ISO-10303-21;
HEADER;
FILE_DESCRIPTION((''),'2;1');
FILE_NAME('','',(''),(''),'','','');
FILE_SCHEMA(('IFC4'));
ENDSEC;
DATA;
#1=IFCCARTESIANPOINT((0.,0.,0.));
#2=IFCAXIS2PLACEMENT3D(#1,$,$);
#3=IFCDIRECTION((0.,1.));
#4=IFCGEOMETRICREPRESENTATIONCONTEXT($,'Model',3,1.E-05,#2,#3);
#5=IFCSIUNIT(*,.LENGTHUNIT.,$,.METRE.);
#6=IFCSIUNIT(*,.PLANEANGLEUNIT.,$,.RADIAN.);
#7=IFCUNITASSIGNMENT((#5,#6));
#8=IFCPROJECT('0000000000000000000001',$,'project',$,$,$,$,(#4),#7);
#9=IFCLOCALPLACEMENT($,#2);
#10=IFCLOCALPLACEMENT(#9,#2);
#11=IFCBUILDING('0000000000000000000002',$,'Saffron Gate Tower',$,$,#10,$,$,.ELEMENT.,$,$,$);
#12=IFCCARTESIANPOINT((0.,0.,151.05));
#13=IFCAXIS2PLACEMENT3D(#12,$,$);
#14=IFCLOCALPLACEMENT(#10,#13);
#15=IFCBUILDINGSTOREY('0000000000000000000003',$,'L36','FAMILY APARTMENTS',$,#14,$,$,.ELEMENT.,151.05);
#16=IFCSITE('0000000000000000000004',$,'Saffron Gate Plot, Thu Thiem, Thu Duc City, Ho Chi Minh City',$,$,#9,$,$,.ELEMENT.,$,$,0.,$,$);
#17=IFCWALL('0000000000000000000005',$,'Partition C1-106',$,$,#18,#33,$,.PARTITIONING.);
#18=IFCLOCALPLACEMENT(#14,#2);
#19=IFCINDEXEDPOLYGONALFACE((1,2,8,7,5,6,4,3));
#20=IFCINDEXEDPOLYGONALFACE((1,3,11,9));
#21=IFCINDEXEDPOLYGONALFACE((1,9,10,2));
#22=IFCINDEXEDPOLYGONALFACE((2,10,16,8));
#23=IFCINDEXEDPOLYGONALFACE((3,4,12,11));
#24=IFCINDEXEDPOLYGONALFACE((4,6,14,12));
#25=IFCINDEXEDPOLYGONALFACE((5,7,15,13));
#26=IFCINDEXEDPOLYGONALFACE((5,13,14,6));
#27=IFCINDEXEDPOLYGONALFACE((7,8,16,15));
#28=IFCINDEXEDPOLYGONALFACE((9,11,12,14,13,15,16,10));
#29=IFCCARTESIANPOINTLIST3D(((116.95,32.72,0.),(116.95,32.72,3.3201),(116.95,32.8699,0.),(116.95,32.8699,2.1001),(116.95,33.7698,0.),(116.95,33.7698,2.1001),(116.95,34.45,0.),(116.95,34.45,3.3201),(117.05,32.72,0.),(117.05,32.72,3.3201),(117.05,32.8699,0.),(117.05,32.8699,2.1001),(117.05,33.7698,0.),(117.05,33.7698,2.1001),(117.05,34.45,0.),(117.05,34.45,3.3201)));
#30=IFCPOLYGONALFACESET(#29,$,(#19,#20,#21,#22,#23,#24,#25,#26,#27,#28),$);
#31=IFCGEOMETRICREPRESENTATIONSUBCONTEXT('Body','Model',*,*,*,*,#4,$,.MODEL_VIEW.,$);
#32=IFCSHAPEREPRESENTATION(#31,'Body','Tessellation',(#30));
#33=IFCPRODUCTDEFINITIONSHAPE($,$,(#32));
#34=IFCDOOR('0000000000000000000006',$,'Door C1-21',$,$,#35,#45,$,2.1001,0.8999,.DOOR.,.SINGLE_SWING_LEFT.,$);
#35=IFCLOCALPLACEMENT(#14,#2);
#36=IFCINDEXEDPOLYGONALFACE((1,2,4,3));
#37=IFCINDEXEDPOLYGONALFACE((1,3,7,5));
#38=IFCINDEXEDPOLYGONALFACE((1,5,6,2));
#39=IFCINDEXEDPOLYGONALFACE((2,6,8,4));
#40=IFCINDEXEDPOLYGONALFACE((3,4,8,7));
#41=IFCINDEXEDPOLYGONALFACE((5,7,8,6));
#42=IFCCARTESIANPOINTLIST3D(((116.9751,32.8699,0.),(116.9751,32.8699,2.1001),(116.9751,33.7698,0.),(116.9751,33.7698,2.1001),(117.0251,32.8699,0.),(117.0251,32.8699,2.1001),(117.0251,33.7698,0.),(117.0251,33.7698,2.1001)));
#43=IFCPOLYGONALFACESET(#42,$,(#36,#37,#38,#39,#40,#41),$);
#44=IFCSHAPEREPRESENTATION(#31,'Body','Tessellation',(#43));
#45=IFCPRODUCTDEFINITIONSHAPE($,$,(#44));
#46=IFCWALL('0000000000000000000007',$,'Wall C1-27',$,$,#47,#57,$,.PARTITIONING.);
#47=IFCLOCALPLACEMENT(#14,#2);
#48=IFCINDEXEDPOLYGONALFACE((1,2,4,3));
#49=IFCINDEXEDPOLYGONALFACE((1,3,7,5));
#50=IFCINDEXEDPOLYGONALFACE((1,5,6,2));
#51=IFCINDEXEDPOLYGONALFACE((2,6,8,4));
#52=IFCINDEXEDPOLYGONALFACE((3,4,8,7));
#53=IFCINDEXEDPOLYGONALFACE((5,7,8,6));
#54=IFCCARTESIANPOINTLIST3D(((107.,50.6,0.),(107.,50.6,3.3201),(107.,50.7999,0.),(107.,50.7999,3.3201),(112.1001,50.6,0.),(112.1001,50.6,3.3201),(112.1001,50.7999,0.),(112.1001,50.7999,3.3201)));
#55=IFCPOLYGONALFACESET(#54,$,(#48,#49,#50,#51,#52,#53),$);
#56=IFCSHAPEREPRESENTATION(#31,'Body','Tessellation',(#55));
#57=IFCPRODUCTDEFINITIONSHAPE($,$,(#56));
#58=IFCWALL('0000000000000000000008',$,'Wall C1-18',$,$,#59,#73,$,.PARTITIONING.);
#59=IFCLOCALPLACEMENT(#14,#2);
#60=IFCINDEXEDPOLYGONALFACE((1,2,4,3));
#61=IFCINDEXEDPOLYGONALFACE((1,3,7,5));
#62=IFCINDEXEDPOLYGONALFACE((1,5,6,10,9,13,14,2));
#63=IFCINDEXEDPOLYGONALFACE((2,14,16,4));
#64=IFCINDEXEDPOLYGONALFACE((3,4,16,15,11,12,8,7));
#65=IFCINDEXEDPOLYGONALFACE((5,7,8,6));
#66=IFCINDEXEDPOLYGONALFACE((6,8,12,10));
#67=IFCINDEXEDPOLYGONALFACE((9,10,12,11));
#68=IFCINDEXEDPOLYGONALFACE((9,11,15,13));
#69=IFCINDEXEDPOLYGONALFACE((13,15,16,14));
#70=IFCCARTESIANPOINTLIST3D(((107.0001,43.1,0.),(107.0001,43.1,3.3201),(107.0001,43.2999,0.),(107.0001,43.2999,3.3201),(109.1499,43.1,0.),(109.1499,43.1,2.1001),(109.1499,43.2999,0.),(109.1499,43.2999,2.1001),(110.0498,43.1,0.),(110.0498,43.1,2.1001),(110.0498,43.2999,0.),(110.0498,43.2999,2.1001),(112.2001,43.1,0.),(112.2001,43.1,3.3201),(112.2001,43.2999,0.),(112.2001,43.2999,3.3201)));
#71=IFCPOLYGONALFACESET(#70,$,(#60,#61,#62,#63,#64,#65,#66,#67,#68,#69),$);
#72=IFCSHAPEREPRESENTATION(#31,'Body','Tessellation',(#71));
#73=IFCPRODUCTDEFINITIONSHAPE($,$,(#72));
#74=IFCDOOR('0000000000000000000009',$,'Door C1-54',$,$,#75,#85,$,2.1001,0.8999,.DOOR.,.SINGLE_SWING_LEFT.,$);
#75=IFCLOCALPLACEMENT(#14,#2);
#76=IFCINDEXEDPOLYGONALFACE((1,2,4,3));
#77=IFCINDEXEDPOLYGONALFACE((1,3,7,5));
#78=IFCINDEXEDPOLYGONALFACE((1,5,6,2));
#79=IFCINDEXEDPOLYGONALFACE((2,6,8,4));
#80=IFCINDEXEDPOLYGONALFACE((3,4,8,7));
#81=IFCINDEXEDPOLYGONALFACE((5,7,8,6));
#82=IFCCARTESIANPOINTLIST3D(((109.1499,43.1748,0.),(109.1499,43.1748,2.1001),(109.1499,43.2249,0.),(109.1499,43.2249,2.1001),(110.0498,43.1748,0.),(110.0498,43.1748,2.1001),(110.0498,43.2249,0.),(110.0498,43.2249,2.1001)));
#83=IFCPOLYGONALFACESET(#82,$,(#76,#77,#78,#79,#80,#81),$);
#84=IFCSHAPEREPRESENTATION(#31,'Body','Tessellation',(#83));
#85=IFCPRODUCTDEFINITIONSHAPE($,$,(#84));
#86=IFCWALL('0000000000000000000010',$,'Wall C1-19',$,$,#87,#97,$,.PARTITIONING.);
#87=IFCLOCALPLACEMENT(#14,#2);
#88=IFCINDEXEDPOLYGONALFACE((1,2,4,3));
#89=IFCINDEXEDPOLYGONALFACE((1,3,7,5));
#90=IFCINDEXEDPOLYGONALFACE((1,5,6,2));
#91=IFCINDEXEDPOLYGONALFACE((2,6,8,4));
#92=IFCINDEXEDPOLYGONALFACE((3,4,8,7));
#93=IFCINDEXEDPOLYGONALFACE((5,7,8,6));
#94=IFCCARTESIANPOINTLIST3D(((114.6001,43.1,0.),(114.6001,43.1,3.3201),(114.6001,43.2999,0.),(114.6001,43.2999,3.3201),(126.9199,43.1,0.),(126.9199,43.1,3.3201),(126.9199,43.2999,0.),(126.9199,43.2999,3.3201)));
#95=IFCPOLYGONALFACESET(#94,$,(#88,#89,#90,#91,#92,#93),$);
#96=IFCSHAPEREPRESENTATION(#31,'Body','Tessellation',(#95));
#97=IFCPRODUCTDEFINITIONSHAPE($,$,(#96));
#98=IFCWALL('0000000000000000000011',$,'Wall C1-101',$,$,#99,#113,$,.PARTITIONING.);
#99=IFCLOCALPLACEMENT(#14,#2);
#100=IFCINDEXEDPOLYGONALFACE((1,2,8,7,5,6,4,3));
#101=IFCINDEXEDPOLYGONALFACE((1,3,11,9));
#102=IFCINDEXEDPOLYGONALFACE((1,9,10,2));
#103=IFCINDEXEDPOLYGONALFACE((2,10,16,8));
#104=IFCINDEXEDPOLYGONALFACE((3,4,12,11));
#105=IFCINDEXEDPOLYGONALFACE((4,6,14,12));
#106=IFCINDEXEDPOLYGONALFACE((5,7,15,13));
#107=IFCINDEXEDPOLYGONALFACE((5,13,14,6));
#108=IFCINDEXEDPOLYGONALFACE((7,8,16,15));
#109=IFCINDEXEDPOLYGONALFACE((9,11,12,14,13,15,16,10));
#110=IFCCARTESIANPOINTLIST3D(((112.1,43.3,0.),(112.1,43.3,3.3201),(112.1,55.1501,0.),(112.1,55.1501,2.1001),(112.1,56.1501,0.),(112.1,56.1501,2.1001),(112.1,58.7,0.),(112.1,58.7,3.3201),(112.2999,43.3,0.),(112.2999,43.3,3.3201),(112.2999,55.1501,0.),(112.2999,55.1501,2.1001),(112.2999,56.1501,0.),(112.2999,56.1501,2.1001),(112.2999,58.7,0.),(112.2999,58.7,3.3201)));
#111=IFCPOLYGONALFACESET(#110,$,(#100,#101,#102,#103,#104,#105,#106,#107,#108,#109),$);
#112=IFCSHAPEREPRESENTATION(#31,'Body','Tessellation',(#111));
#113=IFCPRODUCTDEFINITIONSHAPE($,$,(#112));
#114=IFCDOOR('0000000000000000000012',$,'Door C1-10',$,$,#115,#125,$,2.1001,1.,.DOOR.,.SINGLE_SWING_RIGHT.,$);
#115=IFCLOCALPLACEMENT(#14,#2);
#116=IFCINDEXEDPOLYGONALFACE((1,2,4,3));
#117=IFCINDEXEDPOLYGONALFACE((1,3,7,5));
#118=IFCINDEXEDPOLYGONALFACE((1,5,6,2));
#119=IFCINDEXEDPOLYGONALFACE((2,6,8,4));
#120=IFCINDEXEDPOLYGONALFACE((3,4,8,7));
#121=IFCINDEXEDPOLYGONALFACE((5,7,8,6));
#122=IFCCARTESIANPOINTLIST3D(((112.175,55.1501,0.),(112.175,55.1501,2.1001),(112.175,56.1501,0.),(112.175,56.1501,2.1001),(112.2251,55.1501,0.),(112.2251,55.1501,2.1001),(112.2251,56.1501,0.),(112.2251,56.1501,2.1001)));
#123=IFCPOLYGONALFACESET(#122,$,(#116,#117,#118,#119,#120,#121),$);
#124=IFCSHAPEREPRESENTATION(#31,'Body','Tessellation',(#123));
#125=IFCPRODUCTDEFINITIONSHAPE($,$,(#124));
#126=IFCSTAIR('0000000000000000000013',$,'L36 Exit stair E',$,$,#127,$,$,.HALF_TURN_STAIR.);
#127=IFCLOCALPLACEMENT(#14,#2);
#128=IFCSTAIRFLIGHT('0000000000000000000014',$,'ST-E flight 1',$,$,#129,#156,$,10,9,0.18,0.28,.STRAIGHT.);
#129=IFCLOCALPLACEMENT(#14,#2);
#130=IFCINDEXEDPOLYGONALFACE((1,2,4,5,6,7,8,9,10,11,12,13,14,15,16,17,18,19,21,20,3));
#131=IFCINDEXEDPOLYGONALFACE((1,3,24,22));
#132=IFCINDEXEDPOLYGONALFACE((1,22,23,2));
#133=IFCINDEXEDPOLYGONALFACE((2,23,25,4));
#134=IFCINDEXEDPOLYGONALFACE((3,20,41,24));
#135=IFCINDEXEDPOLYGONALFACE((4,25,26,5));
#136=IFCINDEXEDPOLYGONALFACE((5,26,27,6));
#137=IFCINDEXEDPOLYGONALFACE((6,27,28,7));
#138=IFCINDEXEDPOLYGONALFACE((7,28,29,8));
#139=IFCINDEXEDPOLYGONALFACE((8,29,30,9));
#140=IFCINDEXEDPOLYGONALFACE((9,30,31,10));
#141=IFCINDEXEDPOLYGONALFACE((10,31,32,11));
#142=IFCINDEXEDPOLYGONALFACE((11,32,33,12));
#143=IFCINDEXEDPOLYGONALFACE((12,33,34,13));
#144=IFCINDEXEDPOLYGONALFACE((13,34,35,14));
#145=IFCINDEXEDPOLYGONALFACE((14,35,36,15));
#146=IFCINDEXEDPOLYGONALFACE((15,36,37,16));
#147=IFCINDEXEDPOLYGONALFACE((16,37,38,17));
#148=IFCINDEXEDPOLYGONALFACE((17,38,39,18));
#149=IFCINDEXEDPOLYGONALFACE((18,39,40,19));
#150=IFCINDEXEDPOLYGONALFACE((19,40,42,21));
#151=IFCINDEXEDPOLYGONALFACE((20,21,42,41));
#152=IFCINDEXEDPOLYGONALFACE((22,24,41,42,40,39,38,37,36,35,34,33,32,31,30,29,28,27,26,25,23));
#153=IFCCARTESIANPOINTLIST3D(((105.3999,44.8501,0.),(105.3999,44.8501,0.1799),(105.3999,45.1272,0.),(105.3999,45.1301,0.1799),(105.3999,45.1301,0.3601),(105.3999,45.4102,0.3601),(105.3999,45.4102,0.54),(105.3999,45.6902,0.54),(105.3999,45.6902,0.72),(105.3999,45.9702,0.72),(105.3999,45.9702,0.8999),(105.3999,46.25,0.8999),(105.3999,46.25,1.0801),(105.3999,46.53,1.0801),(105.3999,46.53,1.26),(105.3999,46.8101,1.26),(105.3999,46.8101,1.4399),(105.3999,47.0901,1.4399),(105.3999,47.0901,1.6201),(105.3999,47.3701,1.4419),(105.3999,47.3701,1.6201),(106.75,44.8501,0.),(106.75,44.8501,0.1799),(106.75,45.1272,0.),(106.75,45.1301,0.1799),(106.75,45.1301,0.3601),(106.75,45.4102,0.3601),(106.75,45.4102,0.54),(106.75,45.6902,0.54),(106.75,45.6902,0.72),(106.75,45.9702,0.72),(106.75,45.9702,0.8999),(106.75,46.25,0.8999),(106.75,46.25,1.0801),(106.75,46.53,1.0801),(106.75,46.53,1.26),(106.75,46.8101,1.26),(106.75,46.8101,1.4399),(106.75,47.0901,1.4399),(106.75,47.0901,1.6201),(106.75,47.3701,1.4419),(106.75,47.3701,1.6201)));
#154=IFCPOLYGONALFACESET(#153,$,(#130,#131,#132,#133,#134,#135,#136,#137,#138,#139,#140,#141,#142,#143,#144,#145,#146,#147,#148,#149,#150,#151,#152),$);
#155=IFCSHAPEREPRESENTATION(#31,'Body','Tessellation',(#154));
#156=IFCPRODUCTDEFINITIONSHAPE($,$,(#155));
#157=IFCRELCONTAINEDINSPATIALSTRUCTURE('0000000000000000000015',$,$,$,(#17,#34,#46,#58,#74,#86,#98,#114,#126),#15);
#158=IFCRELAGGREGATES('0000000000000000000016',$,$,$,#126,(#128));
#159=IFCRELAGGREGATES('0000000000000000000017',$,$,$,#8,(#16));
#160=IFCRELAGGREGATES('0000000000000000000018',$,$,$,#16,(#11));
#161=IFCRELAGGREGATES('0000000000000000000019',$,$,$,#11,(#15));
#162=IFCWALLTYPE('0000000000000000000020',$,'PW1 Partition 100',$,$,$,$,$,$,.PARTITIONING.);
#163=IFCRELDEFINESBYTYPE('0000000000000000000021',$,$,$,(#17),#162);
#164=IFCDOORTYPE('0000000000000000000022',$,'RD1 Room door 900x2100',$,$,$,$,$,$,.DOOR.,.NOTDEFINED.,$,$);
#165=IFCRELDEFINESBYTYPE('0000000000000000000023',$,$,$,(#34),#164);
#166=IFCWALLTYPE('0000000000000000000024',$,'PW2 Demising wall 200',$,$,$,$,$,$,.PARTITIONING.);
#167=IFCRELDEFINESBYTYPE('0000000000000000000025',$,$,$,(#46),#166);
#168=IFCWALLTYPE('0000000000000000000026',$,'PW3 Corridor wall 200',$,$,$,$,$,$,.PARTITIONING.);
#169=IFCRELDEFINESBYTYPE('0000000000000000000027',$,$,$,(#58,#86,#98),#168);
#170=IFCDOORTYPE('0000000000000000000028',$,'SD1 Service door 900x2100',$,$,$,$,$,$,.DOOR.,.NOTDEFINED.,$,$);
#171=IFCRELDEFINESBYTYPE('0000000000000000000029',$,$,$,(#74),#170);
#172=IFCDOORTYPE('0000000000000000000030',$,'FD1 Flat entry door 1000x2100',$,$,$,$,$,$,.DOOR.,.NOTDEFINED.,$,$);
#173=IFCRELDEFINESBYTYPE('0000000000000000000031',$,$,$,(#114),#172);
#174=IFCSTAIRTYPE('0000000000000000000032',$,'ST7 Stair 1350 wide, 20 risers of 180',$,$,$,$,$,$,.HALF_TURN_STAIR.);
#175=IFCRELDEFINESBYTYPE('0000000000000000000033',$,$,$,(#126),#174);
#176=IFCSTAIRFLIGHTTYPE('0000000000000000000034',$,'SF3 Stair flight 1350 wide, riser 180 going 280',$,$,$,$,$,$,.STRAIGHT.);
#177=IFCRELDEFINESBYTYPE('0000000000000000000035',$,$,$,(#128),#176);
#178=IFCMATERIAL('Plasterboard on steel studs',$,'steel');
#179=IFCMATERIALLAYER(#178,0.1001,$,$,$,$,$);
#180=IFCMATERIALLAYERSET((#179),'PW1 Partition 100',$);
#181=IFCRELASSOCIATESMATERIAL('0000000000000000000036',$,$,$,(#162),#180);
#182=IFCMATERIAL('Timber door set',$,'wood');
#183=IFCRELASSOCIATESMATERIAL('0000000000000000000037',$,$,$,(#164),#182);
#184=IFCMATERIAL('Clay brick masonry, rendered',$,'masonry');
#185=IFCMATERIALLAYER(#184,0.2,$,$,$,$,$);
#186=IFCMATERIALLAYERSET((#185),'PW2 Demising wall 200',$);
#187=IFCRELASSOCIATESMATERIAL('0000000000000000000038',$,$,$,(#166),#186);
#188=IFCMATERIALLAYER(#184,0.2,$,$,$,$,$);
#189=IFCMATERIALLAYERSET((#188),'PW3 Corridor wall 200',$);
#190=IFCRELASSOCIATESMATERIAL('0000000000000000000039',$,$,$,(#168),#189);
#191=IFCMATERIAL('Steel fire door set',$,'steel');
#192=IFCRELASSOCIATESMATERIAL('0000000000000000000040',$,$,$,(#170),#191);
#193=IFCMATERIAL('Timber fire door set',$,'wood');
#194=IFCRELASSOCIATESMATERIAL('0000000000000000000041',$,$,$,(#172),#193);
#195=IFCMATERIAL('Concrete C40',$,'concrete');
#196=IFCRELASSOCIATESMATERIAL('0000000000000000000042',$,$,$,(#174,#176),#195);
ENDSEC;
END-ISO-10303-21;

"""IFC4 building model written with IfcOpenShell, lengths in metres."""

from ifc_helpers import new_model, si_unit, direction, frame, frame_2d, origin, place, context, subcontext, project, spatial, polyline, rectangle, outline, extrude, material, layer, layer_set, type_object, element, fill, aggregate, save


model = new_model("IFC4")

# Units and contexts
model_context = context("Model", 3, precision=1e-05, world=origin(), true_north=direction((0.0, 1.0)))
body_context = subcontext(model_context, "Body", "Model", "MODEL_VIEW")
ifc_project = project(units=[si_unit("LENGTHUNIT", "METRE"), si_unit("PLANEANGLEUNIT", "RADIAN")], contexts=[model_context])

# Site, building, storey
site_placement = place(None, origin())
site = spatial("IfcSite", under=ifc_project, at=site_placement, Name="Saffron Gate Plot, Thu Thiem, Thu Duc City, Ho Chi Minh City", CompositionType="ELEMENT", RefElevation=0.0)
building_placement = place(site_placement, origin())
building = spatial("IfcBuilding", under=site, at=building_placement, Name="Saffron Gate Tower", CompositionType="ELEMENT")
storey_placement = place(building_placement, frame((0.0, 0.0, 151.05)))
storey = spatial("IfcBuildingStorey", under=building, at=storey_placement, Name="L36", Description="FAMILY APARTMENTS", CompositionType="ELEMENT", Elevation=151.05)

# Shared definitions
ifc_material_1 = material(Name="Plasterboard on steel studs", Category="steel")
ifc_layer_1 = layer(ifc_material_1, 0.1001)
ifc_layer_set_1 = layer_set([ifc_layer_1], Name="PW1 Partition 100")
wall_type_1 = type_object("IfcWallType", Name="PW1 Partition 100", PredefinedType="PARTITIONING", material=ifc_layer_set_1)
ifc_material_2 = material(Name="Timber door set", Category="wood")
door_type_1 = type_object("IfcDoorType", Name="RD1 Room door 900x2100", OperationType="NOTDEFINED", PredefinedType="DOOR", material=ifc_material_2)

# Wall, opening, door
wall_1_placement = place(storey_placement, frame((117.0, 32.72, 0.0), z_axis=(0.0, 0.0, 1.0), x_axis=(0.0, 1.0, 0.0)))
wall_1 = element("IfcWall", 1, at=wall_1_placement, inside=storey, type_object=wall_type_1, Name="Partition C1-106", PredefinedType="PARTITIONING", context=body_context, shape_type="SweptSolid", body=[
    extrude(rectangle(XDim=1.73, YDim=0.1001, at=frame_2d((0.865, 0.0))), origin(), (0.0, 0.0, 1.0), 3.3201),
])
opening_1_placement = place(wall_1_placement, frame((0.1499, 0.0, 0.0)))
opening_1 = element("IfcOpeningElement", 2, at=opening_1_placement, cuts=wall_1, PredefinedType="OPENING", context=body_context, shape_type="SweptSolid", body=[
    extrude(rectangle(XDim=0.8999, YDim=2.1001, at=frame_2d((0.45, 1.05))), frame((0.0, 0.0601, 0.0), z_axis=(0.0, -1.0, 0.0), x_axis=(1.0, 0.0, 0.0)), (0.0, 0.0, 1.0), 0.1201),
])
door_1_placement = place(opening_1_placement, origin())
door_1 = element("IfcDoor", 3, at=door_1_placement, inside=storey, type_object=door_type_1, Name="Door C1-21", OperationType="SINGLE_SWING_LEFT", OverallHeight=2.1001, OverallWidth=0.8999, PredefinedType="DOOR", context=body_context, shape_type="SweptSolid", body=[
    extrude(rectangle(XDim=0.8999, YDim=2.1001, at=frame_2d((0.45, 1.05))), frame((0.0, 0.0249, 0.0), z_axis=(0.0, -1.0, 0.0), x_axis=(1.0, 0.0, 0.0)), (0.0, 0.0, 1.0), 0.05),
])
fill(opening_1, door_1)

# Wall
ifc_material_3 = material(Name="Clay brick masonry, rendered", Category="masonry")
ifc_layer_2 = layer(ifc_material_3, 0.2)
ifc_layer_set_2 = layer_set([ifc_layer_2], Name="PW2 Demising wall 200")
wall_type_2 = type_object("IfcWallType", Name="PW2 Demising wall 200", PredefinedType="PARTITIONING", material=ifc_layer_set_2)
wall_2_placement = place(storey_placement, frame((107.0, 50.7, 0.0), z_axis=(0.0, 0.0, 1.0), x_axis=(1.0, 0.0, 0.0)))
element("IfcWall", 4, at=wall_2_placement, inside=storey, type_object=wall_type_2, Name="Wall C1-27", PredefinedType="PARTITIONING", context=body_context, shape_type="SweptSolid", body=[
    extrude(rectangle(XDim=5.1001, YDim=0.2, at=frame_2d((2.55, 0.0))), origin(), (0.0, 0.0, 1.0), 3.3201),
])

# Wall, opening, door
ifc_layer_3 = layer(ifc_material_3, 0.2)
ifc_layer_set_3 = layer_set([ifc_layer_3], Name="PW3 Corridor wall 200")
wall_type_3 = type_object("IfcWallType", Name="PW3 Corridor wall 200", PredefinedType="PARTITIONING", material=ifc_layer_set_3)
wall_3_placement = place(storey_placement, frame((107.0, 43.2, 0.0), z_axis=(0.0, 0.0, 1.0), x_axis=(1.0, 0.0, 0.0)))
wall_3 = element("IfcWall", 5, at=wall_3_placement, inside=storey, type_object=wall_type_3, Name="Wall C1-18", PredefinedType="PARTITIONING", context=body_context, shape_type="SweptSolid", body=[
    extrude(rectangle(XDim=5.2, YDim=0.2, at=frame_2d((2.6001, 0.0))), origin(), (0.0, 0.0, 1.0), 3.3201),
])
opening_2_placement = place(wall_3_placement, frame((2.1499, 0.0, 0.0)))
opening_2 = element("IfcOpeningElement", 6, at=opening_2_placement, cuts=wall_3, PredefinedType="OPENING", context=body_context, shape_type="SweptSolid", body=[
    extrude(rectangle(XDim=0.8999, YDim=2.1001, at=frame_2d((0.45, 1.05))), frame((0.0, 0.1099, 0.0), z_axis=(0.0, -1.0, 0.0), x_axis=(1.0, 0.0, 0.0)), (0.0, 0.0, 1.0), 0.22),
])
ifc_material_4 = material(Name="Steel fire door set", Category="steel")
door_type_2 = type_object("IfcDoorType", Name="SD1 Service door 900x2100", OperationType="NOTDEFINED", PredefinedType="DOOR", material=ifc_material_4)
door_2_placement = place(opening_2_placement, origin())
door_2 = element("IfcDoor", 7, at=door_2_placement, inside=storey, type_object=door_type_2, Name="Door C1-54", OperationType="SINGLE_SWING_LEFT", OverallHeight=2.1001, OverallWidth=0.8999, PredefinedType="DOOR", context=body_context, shape_type="SweptSolid", body=[
    extrude(rectangle(XDim=0.8999, YDim=2.1001, at=frame_2d((0.45, 1.05))), frame((0.0, 0.0249, 0.0), z_axis=(0.0, -1.0, 0.0), x_axis=(1.0, 0.0, 0.0)), (0.0, 0.0, 1.0), 0.05),
])
fill(opening_2, door_2)

# Wall
wall_4_placement = place(storey_placement, frame((114.6001, 43.2, 0.0), z_axis=(0.0, 0.0, 1.0), x_axis=(1.0, 0.0, 0.0)))
element("IfcWall", 8, at=wall_4_placement, inside=storey, type_object=wall_type_3, Name="Wall C1-19", PredefinedType="PARTITIONING", context=body_context, shape_type="SweptSolid", body=[
    extrude(rectangle(XDim=12.3198, YDim=0.2, at=frame_2d((6.1599, 0.0))), origin(), (0.0, 0.0, 1.0), 3.3201),
])

# Wall, opening, door
wall_5_placement = place(storey_placement, frame((112.2, 43.3, 0.0), z_axis=(0.0, 0.0, 1.0), x_axis=(0.0, 1.0, 0.0)))
wall_5 = element("IfcWall", 9, at=wall_5_placement, inside=storey, type_object=wall_type_3, Name="Wall C1-101", PredefinedType="PARTITIONING", context=body_context, shape_type="SweptSolid", body=[
    extrude(rectangle(XDim=15.3999, YDim=0.2, at=frame_2d((7.7, 0.0))), origin(), (0.0, 0.0, 1.0), 3.3201),
])
opening_3_placement = place(wall_5_placement, frame((11.8501, 0.0, 0.0)))
opening_3 = element("IfcOpeningElement", 10, at=opening_3_placement, cuts=wall_5, PredefinedType="OPENING", context=body_context, shape_type="SweptSolid", body=[
    extrude(rectangle(XDim=1.0, YDim=2.1001, at=frame_2d((0.5, 1.05))), frame((0.0, 0.1099, 0.0), z_axis=(0.0, -1.0, 0.0), x_axis=(1.0, 0.0, 0.0)), (0.0, 0.0, 1.0), 0.22),
])
ifc_material_5 = material(Name="Timber fire door set", Category="wood")
door_type_3 = type_object("IfcDoorType", Name="FD1 Flat entry door 1000x2100", OperationType="NOTDEFINED", PredefinedType="DOOR", material=ifc_material_5)
door_3_placement = place(opening_3_placement, origin())
door_3 = element("IfcDoor", 11, at=door_3_placement, inside=storey, type_object=door_type_3, Name="Door C1-10", OperationType="SINGLE_SWING_RIGHT", OverallHeight=2.1001, OverallWidth=1.0, PredefinedType="DOOR", context=body_context, shape_type="SweptSolid", body=[
    extrude(rectangle(XDim=1.0, YDim=2.1001, at=frame_2d((0.5, 1.05))), frame((0.0, 0.0249, 0.0), z_axis=(0.0, -1.0, 0.0), x_axis=(1.0, 0.0, 0.0)), (0.0, 0.0, 1.0), 0.05),
])
fill(opening_3, door_3)

# Stair, stair flight
ifc_material_6 = material(Name="Concrete C40", Category="concrete")
stair_type = type_object("IfcStairType", Name="ST7 Stair 1350 wide, 20 risers of 180", PredefinedType="HALF_TURN_STAIR", material=ifc_material_6)
stair_placement = place(storey_placement, origin())
stair = element("IfcStair", 12, at=stair_placement, inside=storey, type_object=stair_type, Name="L36 Exit stair E", PredefinedType="HALF_TURN_STAIR")
stair_flight_type = type_object("IfcStairFlightType", Name="SF3 Stair flight 1350 wide, riser 180 going 280", PredefinedType="STRAIGHT", material=ifc_material_6)
stair_flight_1_placement = place(storey_placement, frame((106.075, 44.8501, 0.0), z_axis=(0.0, 0.0, 1.0), x_axis=(0.0, 1.0, 0.0)))
stair_flight_1 = element("IfcStairFlight", 13, at=stair_flight_1_placement, type_object=stair_flight_type, Name="ST-E flight 1", NumberOfRisers=10, NumberOfTreads=9, PredefinedType="STRAIGHT", RiserHeight=0.18, TreadLength=0.28, context=body_context, shape_type="SweptSolid", body=[
    extrude(outline(polyline([(0.0, 0.0), (0.0, 0.1799), (0.28, 0.1799), (0.28, 0.3601), (0.5601, 0.3601), (0.5601, 0.54), (0.8401, 0.54), (0.8401, 0.72), (1.1201, 0.72), (1.1201, 0.8999), (1.3999, 0.8999), (1.3999, 1.0801), (1.6799, 1.0801), (1.6799, 1.26), (1.96, 1.26), (1.96, 1.4399), (2.24, 1.4399), (2.24, 1.6201), (2.52, 1.6201), (2.52, 1.8), (2.52, 1.4419), (0.2771, 0.0), (0.0, 0.0)])), frame((0.0, 0.675, 0.0), z_axis=(0.0, -1.0, 0.0), x_axis=(1.0, 0.0, 0.0)), (0.0, 0.0, 1.0), 1.3501),
])
aggregate(stair, [stair_flight_1])

save(model, "model.ifc")
